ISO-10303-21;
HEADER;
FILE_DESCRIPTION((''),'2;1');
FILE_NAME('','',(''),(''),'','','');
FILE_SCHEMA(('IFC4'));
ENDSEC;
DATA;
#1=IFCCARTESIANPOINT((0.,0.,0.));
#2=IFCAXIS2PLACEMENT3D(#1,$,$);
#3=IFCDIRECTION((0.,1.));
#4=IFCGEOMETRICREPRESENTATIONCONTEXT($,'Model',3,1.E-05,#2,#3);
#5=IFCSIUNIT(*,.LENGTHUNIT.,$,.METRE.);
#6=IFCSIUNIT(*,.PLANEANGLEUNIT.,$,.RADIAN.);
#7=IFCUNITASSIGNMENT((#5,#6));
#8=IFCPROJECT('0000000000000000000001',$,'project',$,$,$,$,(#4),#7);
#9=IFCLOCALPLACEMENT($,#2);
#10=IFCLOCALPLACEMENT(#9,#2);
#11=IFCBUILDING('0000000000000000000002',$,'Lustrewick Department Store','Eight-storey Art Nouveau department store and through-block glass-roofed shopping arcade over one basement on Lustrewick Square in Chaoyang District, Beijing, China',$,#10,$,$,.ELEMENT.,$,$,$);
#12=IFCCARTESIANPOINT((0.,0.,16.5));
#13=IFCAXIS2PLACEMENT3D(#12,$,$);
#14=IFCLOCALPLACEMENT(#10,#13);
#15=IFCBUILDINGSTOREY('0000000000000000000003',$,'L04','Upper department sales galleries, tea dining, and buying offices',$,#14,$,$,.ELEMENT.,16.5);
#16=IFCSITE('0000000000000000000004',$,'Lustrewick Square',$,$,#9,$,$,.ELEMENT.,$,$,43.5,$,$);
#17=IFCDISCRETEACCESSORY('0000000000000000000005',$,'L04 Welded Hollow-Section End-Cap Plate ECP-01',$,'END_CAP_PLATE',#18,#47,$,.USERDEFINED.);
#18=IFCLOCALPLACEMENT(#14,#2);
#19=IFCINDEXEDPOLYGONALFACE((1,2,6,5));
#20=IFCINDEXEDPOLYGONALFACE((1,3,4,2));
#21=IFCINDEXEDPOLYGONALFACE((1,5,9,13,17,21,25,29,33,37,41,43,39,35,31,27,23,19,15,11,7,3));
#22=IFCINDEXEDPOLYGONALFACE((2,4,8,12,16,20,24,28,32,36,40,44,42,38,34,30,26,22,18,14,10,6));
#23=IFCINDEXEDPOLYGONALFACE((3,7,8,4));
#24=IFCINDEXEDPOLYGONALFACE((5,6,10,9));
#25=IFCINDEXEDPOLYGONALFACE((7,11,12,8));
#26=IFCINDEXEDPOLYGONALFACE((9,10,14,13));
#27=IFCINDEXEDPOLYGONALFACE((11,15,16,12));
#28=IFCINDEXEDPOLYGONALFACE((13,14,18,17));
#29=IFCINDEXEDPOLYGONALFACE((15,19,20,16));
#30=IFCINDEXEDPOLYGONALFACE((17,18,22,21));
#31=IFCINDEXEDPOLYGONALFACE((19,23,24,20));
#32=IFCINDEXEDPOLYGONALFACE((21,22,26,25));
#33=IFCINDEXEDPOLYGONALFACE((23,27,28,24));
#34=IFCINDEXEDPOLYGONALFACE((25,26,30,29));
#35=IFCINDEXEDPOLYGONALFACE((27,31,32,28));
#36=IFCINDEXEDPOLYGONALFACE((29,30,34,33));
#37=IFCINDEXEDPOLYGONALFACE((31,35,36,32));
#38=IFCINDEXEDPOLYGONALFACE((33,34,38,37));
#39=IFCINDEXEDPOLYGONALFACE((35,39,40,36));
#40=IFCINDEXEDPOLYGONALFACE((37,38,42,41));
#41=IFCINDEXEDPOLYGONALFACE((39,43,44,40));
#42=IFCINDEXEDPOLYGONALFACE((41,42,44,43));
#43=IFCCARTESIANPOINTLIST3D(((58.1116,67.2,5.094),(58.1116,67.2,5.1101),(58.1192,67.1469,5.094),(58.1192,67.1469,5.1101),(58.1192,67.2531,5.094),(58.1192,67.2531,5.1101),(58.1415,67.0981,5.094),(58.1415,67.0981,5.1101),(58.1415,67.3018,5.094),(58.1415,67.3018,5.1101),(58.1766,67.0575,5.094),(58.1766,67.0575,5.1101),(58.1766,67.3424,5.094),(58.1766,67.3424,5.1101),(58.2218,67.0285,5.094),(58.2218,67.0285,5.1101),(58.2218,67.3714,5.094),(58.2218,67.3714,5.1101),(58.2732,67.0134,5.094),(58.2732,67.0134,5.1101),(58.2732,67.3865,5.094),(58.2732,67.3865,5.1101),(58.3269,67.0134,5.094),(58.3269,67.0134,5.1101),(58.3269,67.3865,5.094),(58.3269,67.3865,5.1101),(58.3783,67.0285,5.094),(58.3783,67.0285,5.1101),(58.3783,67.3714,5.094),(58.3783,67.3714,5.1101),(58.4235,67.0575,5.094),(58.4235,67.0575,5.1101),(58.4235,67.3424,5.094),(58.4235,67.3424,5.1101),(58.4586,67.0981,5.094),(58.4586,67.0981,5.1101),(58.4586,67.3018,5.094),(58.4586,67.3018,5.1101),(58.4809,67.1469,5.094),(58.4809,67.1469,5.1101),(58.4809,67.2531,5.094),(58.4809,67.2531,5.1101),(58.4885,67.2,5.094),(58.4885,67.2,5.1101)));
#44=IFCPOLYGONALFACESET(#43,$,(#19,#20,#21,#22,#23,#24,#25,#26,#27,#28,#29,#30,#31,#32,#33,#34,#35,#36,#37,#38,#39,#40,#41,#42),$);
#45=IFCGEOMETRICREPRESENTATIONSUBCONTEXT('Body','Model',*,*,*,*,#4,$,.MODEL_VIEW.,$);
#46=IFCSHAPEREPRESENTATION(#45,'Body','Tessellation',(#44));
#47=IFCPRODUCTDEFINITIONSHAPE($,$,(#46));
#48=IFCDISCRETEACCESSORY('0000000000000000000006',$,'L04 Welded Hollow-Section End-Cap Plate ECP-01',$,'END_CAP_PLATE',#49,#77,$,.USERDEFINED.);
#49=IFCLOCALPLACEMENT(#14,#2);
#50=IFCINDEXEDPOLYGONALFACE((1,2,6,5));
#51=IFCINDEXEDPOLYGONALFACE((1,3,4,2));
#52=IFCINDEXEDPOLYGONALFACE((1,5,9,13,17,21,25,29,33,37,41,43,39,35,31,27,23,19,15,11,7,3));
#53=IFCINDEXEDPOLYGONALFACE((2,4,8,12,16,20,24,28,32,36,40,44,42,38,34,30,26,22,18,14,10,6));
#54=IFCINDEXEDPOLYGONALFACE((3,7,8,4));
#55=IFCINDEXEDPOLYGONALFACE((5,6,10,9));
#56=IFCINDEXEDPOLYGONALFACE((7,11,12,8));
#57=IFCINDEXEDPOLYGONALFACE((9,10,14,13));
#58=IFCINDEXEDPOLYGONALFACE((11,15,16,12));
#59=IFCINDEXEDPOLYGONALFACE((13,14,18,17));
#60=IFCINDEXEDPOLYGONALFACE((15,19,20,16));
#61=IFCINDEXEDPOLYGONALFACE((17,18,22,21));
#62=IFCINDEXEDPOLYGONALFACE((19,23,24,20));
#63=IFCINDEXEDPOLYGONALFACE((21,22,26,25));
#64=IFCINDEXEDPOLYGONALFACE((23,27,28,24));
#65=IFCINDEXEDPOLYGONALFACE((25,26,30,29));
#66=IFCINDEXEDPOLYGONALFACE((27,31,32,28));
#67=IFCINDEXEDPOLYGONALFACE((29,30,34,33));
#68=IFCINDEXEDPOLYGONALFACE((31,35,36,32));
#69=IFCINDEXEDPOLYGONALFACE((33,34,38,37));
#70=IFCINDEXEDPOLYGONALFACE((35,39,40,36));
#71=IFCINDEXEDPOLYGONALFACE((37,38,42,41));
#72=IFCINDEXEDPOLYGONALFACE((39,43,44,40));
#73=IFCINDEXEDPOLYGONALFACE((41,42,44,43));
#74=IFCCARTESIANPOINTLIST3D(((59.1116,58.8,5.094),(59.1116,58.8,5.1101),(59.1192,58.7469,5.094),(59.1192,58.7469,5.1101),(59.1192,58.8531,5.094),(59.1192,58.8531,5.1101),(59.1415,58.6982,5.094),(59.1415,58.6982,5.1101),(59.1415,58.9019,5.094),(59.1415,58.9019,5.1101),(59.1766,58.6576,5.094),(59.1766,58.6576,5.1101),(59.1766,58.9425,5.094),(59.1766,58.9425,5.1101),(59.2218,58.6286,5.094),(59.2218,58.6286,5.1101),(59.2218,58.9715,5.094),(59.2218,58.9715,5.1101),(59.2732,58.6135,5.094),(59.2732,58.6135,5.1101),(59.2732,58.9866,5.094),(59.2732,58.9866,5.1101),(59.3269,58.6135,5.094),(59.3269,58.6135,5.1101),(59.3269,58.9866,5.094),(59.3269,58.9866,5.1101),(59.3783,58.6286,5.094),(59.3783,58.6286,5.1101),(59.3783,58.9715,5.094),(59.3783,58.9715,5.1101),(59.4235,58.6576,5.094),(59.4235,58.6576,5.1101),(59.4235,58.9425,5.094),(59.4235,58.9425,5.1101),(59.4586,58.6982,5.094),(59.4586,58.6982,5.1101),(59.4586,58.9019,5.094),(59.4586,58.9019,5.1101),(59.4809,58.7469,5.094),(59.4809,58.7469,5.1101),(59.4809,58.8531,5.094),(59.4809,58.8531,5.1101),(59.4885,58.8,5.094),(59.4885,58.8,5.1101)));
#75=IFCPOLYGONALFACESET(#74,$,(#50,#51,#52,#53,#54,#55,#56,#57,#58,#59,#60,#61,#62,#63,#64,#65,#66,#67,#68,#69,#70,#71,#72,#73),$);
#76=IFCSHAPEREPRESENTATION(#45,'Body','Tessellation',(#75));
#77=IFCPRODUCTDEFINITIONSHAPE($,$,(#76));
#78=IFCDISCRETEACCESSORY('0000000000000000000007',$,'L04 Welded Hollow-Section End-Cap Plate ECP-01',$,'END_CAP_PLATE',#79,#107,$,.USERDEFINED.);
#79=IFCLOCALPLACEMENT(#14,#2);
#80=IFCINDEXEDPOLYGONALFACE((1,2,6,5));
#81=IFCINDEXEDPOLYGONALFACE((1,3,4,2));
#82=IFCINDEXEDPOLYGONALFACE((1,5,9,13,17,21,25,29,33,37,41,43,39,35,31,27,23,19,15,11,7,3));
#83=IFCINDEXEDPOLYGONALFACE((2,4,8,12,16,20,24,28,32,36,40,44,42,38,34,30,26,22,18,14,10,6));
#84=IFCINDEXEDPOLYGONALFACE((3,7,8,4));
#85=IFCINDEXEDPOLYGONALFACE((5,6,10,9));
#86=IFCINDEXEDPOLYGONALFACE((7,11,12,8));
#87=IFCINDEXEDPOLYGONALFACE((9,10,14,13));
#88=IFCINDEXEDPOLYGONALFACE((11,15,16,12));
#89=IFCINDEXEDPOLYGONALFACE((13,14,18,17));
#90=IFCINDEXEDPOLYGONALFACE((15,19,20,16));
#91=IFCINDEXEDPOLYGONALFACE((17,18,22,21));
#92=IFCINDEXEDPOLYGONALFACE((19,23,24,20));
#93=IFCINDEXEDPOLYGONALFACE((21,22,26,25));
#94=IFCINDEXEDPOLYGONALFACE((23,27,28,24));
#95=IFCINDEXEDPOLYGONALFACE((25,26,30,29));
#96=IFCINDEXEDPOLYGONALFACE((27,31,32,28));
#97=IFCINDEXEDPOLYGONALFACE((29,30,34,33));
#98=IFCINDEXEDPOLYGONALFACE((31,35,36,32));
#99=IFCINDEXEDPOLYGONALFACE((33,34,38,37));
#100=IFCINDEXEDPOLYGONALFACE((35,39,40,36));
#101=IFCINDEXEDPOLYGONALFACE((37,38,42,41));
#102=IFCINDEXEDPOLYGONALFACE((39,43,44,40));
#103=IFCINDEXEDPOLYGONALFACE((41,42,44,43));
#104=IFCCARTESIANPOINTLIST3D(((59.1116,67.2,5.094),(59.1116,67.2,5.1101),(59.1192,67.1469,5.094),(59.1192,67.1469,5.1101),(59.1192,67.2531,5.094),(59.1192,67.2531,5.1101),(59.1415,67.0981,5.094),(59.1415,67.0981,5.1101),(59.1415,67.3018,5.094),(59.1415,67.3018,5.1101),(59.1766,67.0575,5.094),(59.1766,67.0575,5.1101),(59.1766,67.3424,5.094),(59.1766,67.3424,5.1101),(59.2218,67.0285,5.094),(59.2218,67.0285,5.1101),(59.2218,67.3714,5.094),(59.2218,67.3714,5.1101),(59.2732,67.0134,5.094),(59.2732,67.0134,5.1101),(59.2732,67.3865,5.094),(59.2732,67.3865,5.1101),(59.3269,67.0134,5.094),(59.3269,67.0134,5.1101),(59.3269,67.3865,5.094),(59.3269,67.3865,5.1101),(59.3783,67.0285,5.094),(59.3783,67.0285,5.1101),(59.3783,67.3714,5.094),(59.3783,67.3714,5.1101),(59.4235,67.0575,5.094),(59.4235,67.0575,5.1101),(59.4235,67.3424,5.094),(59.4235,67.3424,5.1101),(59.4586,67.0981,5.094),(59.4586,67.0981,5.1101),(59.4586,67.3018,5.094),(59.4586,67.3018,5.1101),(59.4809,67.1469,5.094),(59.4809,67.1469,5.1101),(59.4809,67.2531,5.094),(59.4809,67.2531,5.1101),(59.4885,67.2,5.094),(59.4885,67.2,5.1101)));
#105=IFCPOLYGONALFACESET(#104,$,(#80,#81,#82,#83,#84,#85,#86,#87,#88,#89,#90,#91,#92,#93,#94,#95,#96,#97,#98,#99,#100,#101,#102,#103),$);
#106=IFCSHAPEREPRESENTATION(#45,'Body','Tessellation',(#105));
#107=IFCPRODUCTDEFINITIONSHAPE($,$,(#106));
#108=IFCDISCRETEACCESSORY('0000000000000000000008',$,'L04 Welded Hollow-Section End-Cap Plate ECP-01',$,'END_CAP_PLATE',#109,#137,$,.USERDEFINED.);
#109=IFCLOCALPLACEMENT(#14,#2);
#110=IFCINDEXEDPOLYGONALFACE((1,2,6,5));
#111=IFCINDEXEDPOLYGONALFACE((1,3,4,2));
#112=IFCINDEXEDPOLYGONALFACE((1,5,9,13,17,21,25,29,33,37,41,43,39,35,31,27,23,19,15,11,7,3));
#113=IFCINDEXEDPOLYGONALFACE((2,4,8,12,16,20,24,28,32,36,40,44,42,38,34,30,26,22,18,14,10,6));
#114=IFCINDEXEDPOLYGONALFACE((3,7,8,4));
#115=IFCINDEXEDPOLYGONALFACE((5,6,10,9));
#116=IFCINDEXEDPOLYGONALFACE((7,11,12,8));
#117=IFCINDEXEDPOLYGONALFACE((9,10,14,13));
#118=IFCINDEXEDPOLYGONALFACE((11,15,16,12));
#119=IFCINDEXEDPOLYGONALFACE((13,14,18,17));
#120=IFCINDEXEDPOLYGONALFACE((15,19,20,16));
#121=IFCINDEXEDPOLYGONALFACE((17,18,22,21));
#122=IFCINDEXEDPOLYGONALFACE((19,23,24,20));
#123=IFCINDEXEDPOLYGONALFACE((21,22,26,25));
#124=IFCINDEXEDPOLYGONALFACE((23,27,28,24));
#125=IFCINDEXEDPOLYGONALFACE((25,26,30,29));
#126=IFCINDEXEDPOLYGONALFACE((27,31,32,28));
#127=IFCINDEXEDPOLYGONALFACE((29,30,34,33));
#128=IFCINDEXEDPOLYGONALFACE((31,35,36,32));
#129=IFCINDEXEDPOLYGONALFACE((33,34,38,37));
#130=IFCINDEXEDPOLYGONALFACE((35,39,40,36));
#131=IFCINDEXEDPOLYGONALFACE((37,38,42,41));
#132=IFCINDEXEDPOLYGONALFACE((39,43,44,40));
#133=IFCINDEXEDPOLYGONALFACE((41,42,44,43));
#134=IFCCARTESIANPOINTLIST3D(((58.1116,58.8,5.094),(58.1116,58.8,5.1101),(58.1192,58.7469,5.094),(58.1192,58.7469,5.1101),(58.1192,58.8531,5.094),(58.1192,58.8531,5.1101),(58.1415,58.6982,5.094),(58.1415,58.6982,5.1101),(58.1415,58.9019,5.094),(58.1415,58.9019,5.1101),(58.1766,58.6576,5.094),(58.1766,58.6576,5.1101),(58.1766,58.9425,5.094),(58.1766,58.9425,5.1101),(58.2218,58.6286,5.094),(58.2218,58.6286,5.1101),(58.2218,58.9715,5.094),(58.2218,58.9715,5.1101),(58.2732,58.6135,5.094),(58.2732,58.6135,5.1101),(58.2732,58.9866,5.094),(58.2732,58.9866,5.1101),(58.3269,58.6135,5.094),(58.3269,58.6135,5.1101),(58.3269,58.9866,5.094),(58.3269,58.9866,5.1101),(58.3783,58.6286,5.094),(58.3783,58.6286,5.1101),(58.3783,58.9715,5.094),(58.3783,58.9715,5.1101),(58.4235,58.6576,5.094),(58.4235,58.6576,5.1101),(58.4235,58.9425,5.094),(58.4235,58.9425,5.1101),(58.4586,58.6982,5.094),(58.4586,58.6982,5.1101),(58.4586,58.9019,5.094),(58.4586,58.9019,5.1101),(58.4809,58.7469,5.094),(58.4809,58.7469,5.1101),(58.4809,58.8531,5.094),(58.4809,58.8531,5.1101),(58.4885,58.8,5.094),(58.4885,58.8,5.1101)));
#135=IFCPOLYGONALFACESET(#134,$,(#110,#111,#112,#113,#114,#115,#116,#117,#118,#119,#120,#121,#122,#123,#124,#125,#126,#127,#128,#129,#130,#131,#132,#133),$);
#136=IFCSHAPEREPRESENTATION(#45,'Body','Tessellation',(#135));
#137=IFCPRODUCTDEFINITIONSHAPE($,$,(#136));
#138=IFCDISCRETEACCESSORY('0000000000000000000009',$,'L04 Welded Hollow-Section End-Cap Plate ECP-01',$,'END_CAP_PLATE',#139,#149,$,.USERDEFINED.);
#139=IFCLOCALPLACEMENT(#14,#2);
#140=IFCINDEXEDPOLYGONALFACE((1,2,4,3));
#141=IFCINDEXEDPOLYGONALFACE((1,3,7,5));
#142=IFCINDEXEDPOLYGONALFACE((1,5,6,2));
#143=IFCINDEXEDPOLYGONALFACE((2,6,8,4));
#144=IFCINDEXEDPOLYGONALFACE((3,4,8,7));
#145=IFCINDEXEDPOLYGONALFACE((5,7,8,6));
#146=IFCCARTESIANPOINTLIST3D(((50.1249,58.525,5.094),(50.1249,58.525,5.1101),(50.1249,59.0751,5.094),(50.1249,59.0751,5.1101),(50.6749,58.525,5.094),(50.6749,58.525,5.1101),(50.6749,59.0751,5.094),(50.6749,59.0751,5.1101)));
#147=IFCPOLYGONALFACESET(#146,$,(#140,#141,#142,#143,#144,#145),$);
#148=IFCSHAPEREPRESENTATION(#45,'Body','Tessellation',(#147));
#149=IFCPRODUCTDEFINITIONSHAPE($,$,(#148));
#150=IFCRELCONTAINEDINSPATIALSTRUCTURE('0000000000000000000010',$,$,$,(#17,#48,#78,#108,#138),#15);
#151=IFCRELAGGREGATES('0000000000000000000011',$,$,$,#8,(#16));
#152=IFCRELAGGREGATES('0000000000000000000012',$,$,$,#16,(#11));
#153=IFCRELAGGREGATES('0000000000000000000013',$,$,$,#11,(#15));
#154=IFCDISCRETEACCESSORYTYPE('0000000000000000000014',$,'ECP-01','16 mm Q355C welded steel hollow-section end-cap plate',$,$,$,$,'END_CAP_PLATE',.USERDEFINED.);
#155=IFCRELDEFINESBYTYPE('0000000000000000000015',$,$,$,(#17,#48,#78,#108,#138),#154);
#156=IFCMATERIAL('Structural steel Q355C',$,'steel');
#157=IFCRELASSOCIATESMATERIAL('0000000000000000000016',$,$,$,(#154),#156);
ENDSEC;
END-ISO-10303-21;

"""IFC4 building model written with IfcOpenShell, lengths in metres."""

from ifc_helpers import new_model, si_unit, direction, frame, origin, origin_2d, place, context, subcontext, project, spatial, rectangle, circle, extrude, material, type_object, element, save


model = new_model("IFC4")

# Units and contexts
model_context = context("Model", 3, precision=1e-05, world=origin(), true_north=direction((0.0, 1.0)))
body_context = subcontext(model_context, "Body", "Model", "MODEL_VIEW")
ifc_project = project(units=[si_unit("LENGTHUNIT", "METRE"), si_unit("PLANEANGLEUNIT", "RADIAN")], contexts=[model_context])

# Site, building, storey
site_placement = place(None, origin())
site = spatial("IfcSite", under=ifc_project, at=site_placement, Name="Lustrewick Square", CompositionType="ELEMENT", RefElevation=43.5)
building_placement = place(site_placement, origin())
building = spatial("IfcBuilding", under=site, at=building_placement, Name="Lustrewick Department Store", Description="Eight-storey Art Nouveau department store and through-block glass-roofed shopping arcade over one basement on Lustrewick Square in Chaoyang District, Beijing, China", CompositionType="ELEMENT")
storey_placement = place(building_placement, frame((0.0, 0.0, 16.5)))
storey = spatial("IfcBuildingStorey", under=building, at=storey_placement, Name="L04", Description="Upper department sales galleries, tea dining, and buying offices", CompositionType="ELEMENT", Elevation=16.5)

# Shared definitions
ifc_material_1 = material(Name="Structural steel Q355C", Category="steel")

# Discrete accessories
discrete_accessory_type = type_object("IfcDiscreteAccessoryType", Name="ECP-01", Description="16 mm Q355C welded steel hollow-section end-cap plate", ElementType="END_CAP_PLATE", PredefinedType="USERDEFINED", material=ifc_material_1)
for number, where, z_axis, x_axis, name in (
    (1, (58.3, 67.2, 5.094), (0.0, 0.0, 1.0), (1.0, 0.0, 0.0), "L04 Welded Hollow-Section End-Cap Plate ECP-01"),
    (2, (59.3, 58.8, 5.094), (0.0, 0.0, 1.0), (1.0, 0.0, 0.0), "L04 Welded Hollow-Section End-Cap Plate ECP-01"),
    (3, (59.3, 67.2, 5.094), (0.0, 0.0, 1.0), (1.0, 0.0, 0.0), "L04 Welded Hollow-Section End-Cap Plate ECP-01"),
    (4, (58.3, 58.8, 5.094), (0.0, 0.0, 1.0), (1.0, 0.0, 0.0), "L04 Welded Hollow-Section End-Cap Plate ECP-01"),
):
    element("IfcDiscreteAccessory", number, at=place(storey_placement, frame(where, z_axis=z_axis, x_axis=x_axis)), inside=storey, type_object=discrete_accessory_type, Name=name, ObjectType="END_CAP_PLATE", PredefinedType="USERDEFINED", context=body_context, shape_type="SweptSolid", body=[
        extrude(circle(Radius=0.1885, at=origin_2d()), origin(), (0.0, 0.0, 1.0), 0.0161),
    ])
discrete_accessory_placement = place(storey_placement, frame((50.3999, 58.8, 5.094), z_axis=(0.0, 0.0, 1.0), x_axis=(1.0, 0.0, 0.0)))
element("IfcDiscreteAccessory", 5, at=discrete_accessory_placement, inside=storey, type_object=discrete_accessory_type, Name="L04 Welded Hollow-Section End-Cap Plate ECP-01", ObjectType="END_CAP_PLATE", PredefinedType="USERDEFINED", context=body_context, shape_type="SweptSolid", body=[
    extrude(rectangle(XDim=0.55, YDim=0.55, at=origin_2d()), origin(), (0.0, 0.0, 1.0), 0.0161),
])

save(model, "model.ifc")
